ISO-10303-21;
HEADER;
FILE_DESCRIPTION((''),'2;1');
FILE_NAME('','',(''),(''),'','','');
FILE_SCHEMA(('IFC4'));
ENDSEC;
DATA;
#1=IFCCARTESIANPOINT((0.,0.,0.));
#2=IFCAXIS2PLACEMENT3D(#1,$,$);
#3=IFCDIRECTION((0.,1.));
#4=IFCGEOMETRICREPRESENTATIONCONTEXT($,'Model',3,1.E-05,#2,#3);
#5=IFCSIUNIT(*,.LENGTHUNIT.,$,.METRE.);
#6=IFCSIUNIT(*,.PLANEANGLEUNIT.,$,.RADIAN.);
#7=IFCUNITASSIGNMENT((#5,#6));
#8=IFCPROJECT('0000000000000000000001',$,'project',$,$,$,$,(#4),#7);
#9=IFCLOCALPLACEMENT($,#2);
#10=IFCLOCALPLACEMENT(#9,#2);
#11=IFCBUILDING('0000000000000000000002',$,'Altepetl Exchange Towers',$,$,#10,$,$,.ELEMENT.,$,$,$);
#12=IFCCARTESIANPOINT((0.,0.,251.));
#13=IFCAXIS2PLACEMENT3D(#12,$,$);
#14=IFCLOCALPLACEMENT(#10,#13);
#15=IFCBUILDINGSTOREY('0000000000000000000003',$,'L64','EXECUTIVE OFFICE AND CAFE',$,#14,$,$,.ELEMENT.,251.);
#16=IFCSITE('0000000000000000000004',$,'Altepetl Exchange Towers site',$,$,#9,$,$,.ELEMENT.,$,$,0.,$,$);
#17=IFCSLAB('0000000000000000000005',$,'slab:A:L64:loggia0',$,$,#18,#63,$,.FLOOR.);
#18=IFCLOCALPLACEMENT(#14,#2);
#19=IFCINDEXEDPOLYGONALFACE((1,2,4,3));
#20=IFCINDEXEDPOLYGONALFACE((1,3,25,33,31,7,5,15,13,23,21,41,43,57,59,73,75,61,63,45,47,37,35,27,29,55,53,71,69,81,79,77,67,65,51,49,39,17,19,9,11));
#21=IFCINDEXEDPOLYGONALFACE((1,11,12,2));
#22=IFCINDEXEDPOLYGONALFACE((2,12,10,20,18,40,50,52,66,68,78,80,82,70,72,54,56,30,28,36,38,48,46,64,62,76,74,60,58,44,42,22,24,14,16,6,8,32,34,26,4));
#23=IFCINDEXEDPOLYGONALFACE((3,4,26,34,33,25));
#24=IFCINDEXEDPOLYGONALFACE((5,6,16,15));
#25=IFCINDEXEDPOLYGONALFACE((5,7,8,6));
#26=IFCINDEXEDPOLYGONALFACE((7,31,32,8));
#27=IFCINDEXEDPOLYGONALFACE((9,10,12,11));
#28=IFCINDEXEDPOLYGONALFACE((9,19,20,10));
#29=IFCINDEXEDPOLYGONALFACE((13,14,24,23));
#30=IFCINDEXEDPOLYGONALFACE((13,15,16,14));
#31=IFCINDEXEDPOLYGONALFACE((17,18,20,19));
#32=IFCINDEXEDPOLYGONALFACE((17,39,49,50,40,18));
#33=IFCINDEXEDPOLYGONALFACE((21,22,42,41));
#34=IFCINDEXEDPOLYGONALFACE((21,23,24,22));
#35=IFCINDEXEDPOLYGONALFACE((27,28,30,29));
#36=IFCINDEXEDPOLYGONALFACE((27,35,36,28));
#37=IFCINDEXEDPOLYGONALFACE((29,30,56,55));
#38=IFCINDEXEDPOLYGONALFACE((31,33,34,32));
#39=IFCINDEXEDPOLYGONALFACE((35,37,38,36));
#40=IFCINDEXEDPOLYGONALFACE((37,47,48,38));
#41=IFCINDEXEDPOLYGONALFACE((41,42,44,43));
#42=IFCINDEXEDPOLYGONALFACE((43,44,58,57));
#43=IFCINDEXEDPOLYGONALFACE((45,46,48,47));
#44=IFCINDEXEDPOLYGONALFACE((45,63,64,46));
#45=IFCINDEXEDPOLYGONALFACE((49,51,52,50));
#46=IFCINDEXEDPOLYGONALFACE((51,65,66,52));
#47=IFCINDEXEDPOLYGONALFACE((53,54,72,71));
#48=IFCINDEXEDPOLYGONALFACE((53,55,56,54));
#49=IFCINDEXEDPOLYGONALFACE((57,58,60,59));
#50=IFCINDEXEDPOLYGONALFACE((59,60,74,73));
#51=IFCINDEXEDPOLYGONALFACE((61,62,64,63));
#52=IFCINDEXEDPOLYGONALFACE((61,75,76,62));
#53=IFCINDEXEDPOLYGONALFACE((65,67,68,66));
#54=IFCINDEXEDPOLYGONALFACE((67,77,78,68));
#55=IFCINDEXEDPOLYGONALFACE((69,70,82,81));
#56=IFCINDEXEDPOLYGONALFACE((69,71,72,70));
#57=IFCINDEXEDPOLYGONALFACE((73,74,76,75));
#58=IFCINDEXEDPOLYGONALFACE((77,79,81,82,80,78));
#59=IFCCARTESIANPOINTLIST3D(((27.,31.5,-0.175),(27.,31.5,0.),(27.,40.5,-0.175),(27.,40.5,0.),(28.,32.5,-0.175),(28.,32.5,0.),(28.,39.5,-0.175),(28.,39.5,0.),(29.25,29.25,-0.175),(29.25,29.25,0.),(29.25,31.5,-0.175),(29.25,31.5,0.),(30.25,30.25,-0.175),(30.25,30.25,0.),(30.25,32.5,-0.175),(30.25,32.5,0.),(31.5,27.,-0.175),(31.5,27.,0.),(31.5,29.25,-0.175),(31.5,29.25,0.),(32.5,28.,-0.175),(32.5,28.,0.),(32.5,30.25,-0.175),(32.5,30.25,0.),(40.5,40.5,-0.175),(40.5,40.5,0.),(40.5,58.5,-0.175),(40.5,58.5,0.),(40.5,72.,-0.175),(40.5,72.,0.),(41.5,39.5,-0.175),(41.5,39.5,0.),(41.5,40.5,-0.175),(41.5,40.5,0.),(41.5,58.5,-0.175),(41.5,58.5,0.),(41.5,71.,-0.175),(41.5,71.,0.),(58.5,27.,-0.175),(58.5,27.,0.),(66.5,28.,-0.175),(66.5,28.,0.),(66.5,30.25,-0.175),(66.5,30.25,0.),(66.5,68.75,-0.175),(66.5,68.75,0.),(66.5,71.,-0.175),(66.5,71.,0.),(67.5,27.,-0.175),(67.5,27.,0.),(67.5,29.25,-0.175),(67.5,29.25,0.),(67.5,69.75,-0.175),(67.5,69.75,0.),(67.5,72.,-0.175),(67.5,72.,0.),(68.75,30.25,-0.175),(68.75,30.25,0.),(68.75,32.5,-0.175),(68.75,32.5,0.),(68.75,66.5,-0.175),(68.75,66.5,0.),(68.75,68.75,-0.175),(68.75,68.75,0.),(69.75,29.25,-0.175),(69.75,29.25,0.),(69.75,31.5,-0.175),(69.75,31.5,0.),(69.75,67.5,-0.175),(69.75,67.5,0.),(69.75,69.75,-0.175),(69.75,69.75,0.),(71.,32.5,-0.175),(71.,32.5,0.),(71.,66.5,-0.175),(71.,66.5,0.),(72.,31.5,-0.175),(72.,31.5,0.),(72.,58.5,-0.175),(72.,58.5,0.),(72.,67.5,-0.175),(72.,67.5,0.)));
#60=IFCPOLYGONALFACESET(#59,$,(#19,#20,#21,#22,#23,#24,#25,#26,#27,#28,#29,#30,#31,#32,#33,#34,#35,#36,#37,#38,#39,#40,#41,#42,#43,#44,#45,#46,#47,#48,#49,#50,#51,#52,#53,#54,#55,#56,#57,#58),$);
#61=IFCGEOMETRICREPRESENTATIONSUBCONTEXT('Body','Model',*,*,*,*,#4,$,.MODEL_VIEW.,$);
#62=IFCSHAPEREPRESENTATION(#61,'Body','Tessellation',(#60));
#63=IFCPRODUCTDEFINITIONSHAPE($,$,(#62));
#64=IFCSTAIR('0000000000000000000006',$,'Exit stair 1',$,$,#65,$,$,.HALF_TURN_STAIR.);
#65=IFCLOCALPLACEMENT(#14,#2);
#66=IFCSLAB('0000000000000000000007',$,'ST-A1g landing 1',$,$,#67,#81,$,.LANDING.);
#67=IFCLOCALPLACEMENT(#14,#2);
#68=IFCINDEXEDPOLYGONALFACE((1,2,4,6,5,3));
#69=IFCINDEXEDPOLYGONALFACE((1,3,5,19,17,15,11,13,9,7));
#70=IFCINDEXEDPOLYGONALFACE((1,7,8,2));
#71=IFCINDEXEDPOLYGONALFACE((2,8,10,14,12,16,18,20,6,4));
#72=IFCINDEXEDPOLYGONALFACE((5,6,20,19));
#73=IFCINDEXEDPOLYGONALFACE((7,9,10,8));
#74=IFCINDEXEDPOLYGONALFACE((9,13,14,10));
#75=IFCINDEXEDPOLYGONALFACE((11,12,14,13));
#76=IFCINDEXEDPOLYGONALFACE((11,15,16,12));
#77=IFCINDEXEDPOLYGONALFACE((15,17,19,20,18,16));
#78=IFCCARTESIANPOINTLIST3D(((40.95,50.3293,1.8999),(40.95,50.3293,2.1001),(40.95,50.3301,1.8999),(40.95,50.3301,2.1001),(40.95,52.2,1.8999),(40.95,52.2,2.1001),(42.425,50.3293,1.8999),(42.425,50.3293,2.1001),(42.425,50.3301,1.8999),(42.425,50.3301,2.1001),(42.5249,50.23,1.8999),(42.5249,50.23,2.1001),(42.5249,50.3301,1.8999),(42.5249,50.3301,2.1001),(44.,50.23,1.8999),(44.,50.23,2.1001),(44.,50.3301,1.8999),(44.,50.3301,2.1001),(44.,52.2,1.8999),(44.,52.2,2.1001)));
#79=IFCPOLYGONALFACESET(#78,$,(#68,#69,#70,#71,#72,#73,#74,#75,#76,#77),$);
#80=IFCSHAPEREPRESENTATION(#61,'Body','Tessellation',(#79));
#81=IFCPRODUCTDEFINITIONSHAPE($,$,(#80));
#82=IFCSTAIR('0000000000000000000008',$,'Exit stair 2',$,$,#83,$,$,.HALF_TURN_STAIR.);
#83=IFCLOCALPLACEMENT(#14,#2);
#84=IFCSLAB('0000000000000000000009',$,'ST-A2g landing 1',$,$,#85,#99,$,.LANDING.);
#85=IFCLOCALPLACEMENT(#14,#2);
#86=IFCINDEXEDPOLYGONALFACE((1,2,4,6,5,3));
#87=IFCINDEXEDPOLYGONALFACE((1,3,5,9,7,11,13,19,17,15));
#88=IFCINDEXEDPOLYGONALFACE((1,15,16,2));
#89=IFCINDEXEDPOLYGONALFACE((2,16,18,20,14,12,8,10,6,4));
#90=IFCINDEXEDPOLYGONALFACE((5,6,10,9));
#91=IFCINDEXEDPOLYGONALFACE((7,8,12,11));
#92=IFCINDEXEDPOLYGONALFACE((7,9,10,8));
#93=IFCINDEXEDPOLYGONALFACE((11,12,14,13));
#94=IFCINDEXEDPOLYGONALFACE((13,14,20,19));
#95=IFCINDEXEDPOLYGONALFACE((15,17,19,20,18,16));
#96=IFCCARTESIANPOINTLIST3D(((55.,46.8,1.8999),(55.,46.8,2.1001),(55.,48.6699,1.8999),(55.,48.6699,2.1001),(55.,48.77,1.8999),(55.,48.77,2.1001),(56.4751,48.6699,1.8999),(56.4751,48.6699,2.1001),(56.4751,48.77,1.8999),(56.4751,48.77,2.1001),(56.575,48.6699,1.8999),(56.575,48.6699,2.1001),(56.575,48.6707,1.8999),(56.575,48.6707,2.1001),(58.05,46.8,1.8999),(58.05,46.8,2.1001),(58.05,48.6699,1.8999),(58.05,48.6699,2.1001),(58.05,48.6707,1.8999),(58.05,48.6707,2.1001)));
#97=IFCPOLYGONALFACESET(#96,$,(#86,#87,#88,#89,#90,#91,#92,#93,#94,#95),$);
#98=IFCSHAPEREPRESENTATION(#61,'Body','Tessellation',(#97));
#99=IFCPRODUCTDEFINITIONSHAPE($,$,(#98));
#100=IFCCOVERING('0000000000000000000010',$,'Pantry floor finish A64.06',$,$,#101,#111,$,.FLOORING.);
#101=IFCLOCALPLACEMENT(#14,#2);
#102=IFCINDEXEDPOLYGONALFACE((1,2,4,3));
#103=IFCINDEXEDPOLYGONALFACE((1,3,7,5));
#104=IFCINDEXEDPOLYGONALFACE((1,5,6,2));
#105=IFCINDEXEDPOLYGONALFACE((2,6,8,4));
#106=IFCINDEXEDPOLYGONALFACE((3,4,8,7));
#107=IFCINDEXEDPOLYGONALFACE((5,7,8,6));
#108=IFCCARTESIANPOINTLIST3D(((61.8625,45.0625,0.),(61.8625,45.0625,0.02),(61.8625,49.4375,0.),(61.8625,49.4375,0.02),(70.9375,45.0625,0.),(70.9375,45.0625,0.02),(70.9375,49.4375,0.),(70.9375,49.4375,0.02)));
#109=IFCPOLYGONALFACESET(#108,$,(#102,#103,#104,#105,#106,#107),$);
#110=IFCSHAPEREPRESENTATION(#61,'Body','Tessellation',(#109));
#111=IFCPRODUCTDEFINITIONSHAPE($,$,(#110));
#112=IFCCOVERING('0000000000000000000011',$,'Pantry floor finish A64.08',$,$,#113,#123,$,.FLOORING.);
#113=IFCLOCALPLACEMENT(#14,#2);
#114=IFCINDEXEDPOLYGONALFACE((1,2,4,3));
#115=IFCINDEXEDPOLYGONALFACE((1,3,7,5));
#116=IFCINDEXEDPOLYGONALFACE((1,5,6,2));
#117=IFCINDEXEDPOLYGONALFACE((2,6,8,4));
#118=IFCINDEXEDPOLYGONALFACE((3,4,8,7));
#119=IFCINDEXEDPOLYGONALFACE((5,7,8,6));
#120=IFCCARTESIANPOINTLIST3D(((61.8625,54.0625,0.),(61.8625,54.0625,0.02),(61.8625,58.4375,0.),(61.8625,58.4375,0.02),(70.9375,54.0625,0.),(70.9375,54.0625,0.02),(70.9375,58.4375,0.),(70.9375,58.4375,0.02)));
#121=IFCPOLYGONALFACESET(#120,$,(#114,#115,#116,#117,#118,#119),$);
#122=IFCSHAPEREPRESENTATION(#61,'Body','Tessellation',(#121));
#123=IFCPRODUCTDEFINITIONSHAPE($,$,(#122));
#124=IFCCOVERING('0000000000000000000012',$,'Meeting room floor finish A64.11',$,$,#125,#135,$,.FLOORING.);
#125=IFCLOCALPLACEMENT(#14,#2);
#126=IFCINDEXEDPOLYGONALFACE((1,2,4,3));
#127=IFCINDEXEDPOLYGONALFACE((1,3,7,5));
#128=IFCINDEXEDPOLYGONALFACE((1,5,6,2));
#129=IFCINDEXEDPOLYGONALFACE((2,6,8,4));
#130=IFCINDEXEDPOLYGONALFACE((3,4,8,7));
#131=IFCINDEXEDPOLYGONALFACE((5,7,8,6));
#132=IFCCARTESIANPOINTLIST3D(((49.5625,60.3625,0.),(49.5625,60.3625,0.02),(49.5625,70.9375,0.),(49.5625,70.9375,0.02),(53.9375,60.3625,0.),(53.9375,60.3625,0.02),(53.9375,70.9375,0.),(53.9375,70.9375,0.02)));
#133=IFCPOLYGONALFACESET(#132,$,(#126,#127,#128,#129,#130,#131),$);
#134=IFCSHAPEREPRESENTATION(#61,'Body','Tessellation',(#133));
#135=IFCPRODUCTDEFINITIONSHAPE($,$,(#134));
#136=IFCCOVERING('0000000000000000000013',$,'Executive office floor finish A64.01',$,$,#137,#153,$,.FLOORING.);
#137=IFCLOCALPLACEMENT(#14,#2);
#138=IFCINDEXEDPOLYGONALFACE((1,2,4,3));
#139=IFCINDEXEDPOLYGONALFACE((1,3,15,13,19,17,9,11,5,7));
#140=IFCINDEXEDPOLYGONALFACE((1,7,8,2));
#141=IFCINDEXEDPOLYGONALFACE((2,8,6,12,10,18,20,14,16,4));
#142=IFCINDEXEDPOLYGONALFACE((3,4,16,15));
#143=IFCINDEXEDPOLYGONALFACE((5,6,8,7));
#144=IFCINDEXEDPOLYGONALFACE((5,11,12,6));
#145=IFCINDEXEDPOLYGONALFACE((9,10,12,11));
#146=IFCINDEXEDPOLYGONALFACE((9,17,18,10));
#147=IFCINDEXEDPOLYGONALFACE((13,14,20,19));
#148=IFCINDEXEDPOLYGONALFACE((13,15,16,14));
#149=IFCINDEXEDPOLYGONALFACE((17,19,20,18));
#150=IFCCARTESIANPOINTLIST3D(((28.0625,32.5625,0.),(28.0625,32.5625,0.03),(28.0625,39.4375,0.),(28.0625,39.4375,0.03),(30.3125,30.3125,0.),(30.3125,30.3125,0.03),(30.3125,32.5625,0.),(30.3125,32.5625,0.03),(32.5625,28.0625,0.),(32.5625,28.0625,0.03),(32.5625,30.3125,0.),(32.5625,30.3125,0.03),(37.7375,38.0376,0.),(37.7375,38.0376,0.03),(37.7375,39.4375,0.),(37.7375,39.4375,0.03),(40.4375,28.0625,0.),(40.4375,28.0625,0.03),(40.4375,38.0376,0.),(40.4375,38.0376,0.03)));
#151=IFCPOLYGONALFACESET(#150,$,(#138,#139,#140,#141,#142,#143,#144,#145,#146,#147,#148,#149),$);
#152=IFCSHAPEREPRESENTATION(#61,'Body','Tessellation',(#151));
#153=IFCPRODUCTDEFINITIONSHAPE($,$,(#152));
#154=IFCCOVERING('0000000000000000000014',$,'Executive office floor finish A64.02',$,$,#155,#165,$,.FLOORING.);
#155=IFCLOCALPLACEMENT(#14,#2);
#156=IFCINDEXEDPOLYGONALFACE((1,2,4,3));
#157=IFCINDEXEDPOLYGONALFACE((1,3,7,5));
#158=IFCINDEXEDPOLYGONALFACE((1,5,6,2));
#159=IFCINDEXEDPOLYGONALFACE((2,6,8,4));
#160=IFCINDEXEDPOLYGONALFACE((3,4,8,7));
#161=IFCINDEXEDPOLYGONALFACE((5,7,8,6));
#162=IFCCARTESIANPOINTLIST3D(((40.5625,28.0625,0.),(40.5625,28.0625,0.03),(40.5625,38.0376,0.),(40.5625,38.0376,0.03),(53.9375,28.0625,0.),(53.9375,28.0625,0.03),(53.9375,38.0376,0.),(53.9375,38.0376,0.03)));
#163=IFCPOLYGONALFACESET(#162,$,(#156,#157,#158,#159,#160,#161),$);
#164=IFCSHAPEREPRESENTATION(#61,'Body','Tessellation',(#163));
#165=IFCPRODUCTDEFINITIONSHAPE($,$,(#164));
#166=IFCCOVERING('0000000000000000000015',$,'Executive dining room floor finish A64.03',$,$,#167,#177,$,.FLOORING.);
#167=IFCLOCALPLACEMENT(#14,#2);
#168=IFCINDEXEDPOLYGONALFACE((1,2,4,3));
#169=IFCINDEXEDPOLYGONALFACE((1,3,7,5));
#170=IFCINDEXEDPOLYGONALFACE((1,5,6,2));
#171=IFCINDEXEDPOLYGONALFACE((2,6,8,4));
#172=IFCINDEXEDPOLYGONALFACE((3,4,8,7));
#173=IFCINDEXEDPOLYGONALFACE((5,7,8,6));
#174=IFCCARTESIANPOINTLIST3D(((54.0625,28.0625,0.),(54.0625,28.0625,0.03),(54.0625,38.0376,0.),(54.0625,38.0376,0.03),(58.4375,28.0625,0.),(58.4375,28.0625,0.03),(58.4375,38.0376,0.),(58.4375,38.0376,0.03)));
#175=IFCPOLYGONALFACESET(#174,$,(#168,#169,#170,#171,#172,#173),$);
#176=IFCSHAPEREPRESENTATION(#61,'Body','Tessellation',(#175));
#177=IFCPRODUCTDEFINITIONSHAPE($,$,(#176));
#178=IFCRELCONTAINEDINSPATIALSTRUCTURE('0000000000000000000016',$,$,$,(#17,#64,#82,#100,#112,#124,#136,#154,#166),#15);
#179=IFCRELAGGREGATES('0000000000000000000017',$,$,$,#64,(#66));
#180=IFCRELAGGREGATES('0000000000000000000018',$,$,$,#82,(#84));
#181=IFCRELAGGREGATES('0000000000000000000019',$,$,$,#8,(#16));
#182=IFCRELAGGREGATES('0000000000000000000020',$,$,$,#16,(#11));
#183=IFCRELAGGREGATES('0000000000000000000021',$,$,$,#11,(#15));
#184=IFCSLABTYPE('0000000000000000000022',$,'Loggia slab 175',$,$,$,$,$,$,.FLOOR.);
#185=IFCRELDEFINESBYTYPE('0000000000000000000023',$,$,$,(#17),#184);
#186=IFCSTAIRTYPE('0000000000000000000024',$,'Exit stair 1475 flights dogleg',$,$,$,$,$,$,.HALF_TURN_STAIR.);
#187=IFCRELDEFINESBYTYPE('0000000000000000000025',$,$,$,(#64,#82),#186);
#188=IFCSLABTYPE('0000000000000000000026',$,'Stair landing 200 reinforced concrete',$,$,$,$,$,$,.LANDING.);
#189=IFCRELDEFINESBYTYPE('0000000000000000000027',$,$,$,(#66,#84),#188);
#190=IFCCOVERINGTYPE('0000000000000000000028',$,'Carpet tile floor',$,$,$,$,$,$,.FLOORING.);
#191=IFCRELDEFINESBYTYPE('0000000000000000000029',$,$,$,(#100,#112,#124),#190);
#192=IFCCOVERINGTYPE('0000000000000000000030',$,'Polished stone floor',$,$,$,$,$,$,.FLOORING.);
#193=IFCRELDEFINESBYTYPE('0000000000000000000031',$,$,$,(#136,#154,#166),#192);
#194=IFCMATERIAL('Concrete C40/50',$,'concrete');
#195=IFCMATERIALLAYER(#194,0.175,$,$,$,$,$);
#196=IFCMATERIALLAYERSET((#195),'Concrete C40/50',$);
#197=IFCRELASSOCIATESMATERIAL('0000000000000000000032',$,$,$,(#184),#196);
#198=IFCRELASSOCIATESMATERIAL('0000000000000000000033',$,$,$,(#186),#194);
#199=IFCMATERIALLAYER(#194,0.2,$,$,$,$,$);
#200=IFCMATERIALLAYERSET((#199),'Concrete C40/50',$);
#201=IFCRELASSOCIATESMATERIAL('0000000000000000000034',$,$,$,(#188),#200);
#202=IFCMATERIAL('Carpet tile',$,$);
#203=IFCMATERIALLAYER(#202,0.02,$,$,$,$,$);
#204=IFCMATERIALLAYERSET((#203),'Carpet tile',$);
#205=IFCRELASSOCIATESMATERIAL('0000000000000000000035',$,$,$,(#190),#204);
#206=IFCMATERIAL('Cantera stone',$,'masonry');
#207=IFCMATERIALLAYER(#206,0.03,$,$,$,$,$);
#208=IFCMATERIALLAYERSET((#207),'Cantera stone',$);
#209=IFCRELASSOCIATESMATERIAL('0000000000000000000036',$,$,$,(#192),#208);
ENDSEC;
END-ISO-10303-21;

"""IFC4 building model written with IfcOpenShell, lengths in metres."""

from ifc_helpers import new_model, si_unit, direction, frame, origin, place, context, subcontext, project, spatial, polyline, outline, extrude, material, layer, layer_set, type_object, element, aggregate, save


model = new_model("IFC4")

# Units and contexts
model_context = context("Model", 3, precision=1e-05, world=origin(), true_north=direction((0.0, 1.0)))
body_context = subcontext(model_context, "Body", "Model", "MODEL_VIEW")
ifc_project = project(units=[si_unit("LENGTHUNIT", "METRE"), si_unit("PLANEANGLEUNIT", "RADIAN")], contexts=[model_context])

# Site, building, storey
site_placement = place(None, origin())
site = spatial("IfcSite", under=ifc_project, at=site_placement, Name="Altepetl Exchange Towers site", CompositionType="ELEMENT", RefElevation=0.0)
building_placement = place(site_placement, origin())
building = spatial("IfcBuilding", under=site, at=building_placement, Name="Altepetl Exchange Towers", CompositionType="ELEMENT")
storey_placement = place(building_placement, frame((0.0, 0.0, 251.0)))
storey = spatial("IfcBuildingStorey", under=building, at=storey_placement, Name="L64", Description="EXECUTIVE OFFICE AND CAFE", CompositionType="ELEMENT", Elevation=251.0)

# Shared definitions
ifc_material_1 = material(Name="Concrete C40/50", Category="concrete")

# Slab
ifc_layer_1 = layer(ifc_material_1, 0.175)
ifc_layer_set_1 = layer_set([ifc_layer_1], Name="Concrete C40/50")
slab_type_1 = type_object("IfcSlabType", Name="Loggia slab 175", PredefinedType="FLOOR", material=ifc_layer_set_1)
slab_1_placement = place(storey_placement, frame((0.0, 0.0, -0.175)))
element("IfcSlab", 1, at=slab_1_placement, inside=storey, type_object=slab_type_1, Name="slab:A:L64:loggia0", PredefinedType="FLOOR", context=body_context, shape_type="SweptSolid", body=[
    extrude(outline(polyline([(40.5, 72.0), (40.5, 58.5), (41.5, 58.5), (41.5, 71.0), (66.5, 71.0), (66.5, 68.75), (68.75, 68.75), (68.75, 66.5), (71.0, 66.5), (71.0, 32.5), (68.75, 32.5), (68.75, 30.25), (66.5, 30.25), (66.5, 28.0), (32.5, 28.0), (32.5, 30.25), (30.25, 30.25), (30.25, 32.5), (28.0, 32.5), (28.0, 39.5), (41.5, 39.5), (41.5, 40.5), (40.5, 40.5), (27.0, 40.5), (27.0, 31.5), (29.25, 31.5), (29.25, 29.25), (31.5, 29.25), (31.5, 27.0), (58.5, 27.0), (67.5, 27.0), (67.5, 29.25), (69.75, 29.25), (69.75, 31.5), (72.0, 31.5), (72.0, 58.5), (72.0, 67.5), (69.75, 67.5), (69.75, 69.75), (67.5, 69.75), (67.5, 72.0), (40.5, 72.0)])), origin(), (0.0, 0.0, 1.0), 0.175),
])

# Stairs, slabs
stair_type = type_object("IfcStairType", Name="Exit stair 1475 flights dogleg", PredefinedType="HALF_TURN_STAIR", material=ifc_material_1)
stair_1_placement = place(storey_placement, origin())
stair_1 = element("IfcStair", 2, at=stair_1_placement, inside=storey, type_object=stair_type, Name="Exit stair 1", PredefinedType="HALF_TURN_STAIR")
ifc_layer_2 = layer(ifc_material_1, 0.2)
ifc_layer_set_2 = layer_set([ifc_layer_2], Name="Concrete C40/50")
slab_type_2 = type_object("IfcSlabType", Name="Stair landing 200 reinforced concrete", PredefinedType="LANDING", material=ifc_layer_set_2)
slab_2_placement = place(storey_placement, frame((0.0, 0.0, 1.8999)))
slab_2 = element("IfcSlab", 3, at=slab_2_placement, type_object=slab_type_2, Name="ST-A1g landing 1", PredefinedType="LANDING", context=body_context, shape_type="SweptSolid", body=[
    extrude(outline(polyline([(44.0, 50.23), (42.5249, 50.23), (42.5249, 50.3301), (42.425, 50.3301), (42.425, 50.3293), (40.95, 50.3293), (40.95, 50.3301), (40.95, 52.2), (44.0, 52.2), (44.0, 50.3301), (44.0, 50.23)])), origin(), (0.0, 0.0, 1.0), 0.2002),
])
aggregate(stair_1, [slab_2])
stair_2_placement = place(storey_placement, origin())
stair_2 = element("IfcStair", 4, at=stair_2_placement, inside=storey, type_object=stair_type, Name="Exit stair 2", PredefinedType="HALF_TURN_STAIR")
slab_3_placement = place(storey_placement, frame((0.0, 0.0, 1.8999)))
slab_3 = element("IfcSlab", 5, at=slab_3_placement, type_object=slab_type_2, Name="ST-A2g landing 1", PredefinedType="LANDING", context=body_context, shape_type="SweptSolid", body=[
    extrude(outline(polyline([(58.05, 46.8), (55.0, 46.8), (55.0, 48.6699), (55.0, 48.77), (56.4751, 48.77), (56.4751, 48.6699), (56.575, 48.6699), (56.575, 48.6707), (58.05, 48.6707), (58.05, 48.6699), (58.05, 46.8)])), origin(), (0.0, 0.0, 1.0), 0.2002),
])
aggregate(stair_2, [slab_3])

# Coverings
ifc_material_2 = material(Name="Carpet tile")
ifc_layer_3 = layer(ifc_material_2, 0.02)
ifc_layer_set_3 = layer_set([ifc_layer_3], Name="Carpet tile")
covering_type_1 = type_object("IfcCoveringType", Name="Carpet tile floor", PredefinedType="FLOORING", material=ifc_layer_set_3)
covering_1_placement = place(storey_placement, origin())
element("IfcCovering", 6, at=covering_1_placement, inside=storey, type_object=covering_type_1, Name="Pantry floor finish A64.06", PredefinedType="FLOORING", context=body_context, shape_type="SweptSolid", body=[
    extrude(outline(polyline([(70.9375, 49.4375), (61.8625, 49.4375), (61.8625, 45.0625), (70.9375, 45.0625), (70.9375, 49.4375)])), origin(), (0.0, 0.0, 1.0), 0.02),
])
covering_2_placement = place(storey_placement, origin())
element("IfcCovering", 7, at=covering_2_placement, inside=storey, type_object=covering_type_1, Name="Pantry floor finish A64.08", PredefinedType="FLOORING", context=body_context, shape_type="SweptSolid", body=[
    extrude(outline(polyline([(70.9375, 58.4375), (61.8625, 58.4375), (61.8625, 54.0625), (70.9375, 54.0625), (70.9375, 58.4375)])), origin(), (0.0, 0.0, 1.0), 0.02),
])
covering_3_placement = place(storey_placement, origin())
element("IfcCovering", 8, at=covering_3_placement, inside=storey, type_object=covering_type_1, Name="Meeting room floor finish A64.11", PredefinedType="FLOORING", context=body_context, shape_type="SweptSolid", body=[
    extrude(outline(polyline([(53.9375, 60.3625), (53.9375, 70.9375), (49.5625, 70.9375), (49.5625, 60.3625), (53.9375, 60.3625)])), origin(), (0.0, 0.0, 1.0), 0.02),
])
ifc_material_3 = material(Name="Cantera stone", Category="masonry")
ifc_layer_4 = layer(ifc_material_3, 0.03)
ifc_layer_set_4 = layer_set([ifc_layer_4], Name="Cantera stone")
covering_type_2 = type_object("IfcCoveringType", Name="Polished stone floor", PredefinedType="FLOORING", material=ifc_layer_set_4)
covering_4_placement = place(storey_placement, origin())
element("IfcCovering", 9, at=covering_4_placement, inside=storey, type_object=covering_type_2, Name="Executive office floor finish A64.01", PredefinedType="FLOORING", context=body_context, shape_type="SweptSolid", body=[
    extrude(outline(polyline([(40.4375, 28.0625), (40.4375, 38.0376), (37.7375, 38.0376), (37.7375, 39.4375), (28.0625, 39.4375), (28.0625, 32.5625), (30.3125, 32.5625), (30.3125, 30.3125), (32.5625, 30.3125), (32.5625, 28.0625), (40.4375, 28.0625)])), origin(), (0.0, 0.0, 1.0), 0.03),
])
covering_5_placement = place(storey_placement, origin())
element("IfcCovering", 10, at=covering_5_placement, inside=storey, type_object=covering_type_2, Name="Executive office floor finish A64.02", PredefinedType="FLOORING", context=body_context, shape_type="SweptSolid", body=[
    extrude(outline(polyline([(53.9375, 28.0625), (53.9375, 38.0376), (40.5625, 38.0376), (40.5625, 28.0625), (53.9375, 28.0625)])), origin(), (0.0, 0.0, 1.0), 0.03),
])
covering_6_placement = place(storey_placement, origin())
element("IfcCovering", 11, at=covering_6_placement, inside=storey, type_object=covering_type_2, Name="Executive dining room floor finish A64.03", PredefinedType="FLOORING", context=body_context, shape_type="SweptSolid", body=[
    extrude(outline(polyline([(58.4375, 28.0625), (58.4375, 38.0376), (54.0625, 38.0376), (54.0625, 28.0625), (58.4375, 28.0625)])), origin(), (0.0, 0.0, 1.0), 0.03),
])

save(model, "model.ifc")
